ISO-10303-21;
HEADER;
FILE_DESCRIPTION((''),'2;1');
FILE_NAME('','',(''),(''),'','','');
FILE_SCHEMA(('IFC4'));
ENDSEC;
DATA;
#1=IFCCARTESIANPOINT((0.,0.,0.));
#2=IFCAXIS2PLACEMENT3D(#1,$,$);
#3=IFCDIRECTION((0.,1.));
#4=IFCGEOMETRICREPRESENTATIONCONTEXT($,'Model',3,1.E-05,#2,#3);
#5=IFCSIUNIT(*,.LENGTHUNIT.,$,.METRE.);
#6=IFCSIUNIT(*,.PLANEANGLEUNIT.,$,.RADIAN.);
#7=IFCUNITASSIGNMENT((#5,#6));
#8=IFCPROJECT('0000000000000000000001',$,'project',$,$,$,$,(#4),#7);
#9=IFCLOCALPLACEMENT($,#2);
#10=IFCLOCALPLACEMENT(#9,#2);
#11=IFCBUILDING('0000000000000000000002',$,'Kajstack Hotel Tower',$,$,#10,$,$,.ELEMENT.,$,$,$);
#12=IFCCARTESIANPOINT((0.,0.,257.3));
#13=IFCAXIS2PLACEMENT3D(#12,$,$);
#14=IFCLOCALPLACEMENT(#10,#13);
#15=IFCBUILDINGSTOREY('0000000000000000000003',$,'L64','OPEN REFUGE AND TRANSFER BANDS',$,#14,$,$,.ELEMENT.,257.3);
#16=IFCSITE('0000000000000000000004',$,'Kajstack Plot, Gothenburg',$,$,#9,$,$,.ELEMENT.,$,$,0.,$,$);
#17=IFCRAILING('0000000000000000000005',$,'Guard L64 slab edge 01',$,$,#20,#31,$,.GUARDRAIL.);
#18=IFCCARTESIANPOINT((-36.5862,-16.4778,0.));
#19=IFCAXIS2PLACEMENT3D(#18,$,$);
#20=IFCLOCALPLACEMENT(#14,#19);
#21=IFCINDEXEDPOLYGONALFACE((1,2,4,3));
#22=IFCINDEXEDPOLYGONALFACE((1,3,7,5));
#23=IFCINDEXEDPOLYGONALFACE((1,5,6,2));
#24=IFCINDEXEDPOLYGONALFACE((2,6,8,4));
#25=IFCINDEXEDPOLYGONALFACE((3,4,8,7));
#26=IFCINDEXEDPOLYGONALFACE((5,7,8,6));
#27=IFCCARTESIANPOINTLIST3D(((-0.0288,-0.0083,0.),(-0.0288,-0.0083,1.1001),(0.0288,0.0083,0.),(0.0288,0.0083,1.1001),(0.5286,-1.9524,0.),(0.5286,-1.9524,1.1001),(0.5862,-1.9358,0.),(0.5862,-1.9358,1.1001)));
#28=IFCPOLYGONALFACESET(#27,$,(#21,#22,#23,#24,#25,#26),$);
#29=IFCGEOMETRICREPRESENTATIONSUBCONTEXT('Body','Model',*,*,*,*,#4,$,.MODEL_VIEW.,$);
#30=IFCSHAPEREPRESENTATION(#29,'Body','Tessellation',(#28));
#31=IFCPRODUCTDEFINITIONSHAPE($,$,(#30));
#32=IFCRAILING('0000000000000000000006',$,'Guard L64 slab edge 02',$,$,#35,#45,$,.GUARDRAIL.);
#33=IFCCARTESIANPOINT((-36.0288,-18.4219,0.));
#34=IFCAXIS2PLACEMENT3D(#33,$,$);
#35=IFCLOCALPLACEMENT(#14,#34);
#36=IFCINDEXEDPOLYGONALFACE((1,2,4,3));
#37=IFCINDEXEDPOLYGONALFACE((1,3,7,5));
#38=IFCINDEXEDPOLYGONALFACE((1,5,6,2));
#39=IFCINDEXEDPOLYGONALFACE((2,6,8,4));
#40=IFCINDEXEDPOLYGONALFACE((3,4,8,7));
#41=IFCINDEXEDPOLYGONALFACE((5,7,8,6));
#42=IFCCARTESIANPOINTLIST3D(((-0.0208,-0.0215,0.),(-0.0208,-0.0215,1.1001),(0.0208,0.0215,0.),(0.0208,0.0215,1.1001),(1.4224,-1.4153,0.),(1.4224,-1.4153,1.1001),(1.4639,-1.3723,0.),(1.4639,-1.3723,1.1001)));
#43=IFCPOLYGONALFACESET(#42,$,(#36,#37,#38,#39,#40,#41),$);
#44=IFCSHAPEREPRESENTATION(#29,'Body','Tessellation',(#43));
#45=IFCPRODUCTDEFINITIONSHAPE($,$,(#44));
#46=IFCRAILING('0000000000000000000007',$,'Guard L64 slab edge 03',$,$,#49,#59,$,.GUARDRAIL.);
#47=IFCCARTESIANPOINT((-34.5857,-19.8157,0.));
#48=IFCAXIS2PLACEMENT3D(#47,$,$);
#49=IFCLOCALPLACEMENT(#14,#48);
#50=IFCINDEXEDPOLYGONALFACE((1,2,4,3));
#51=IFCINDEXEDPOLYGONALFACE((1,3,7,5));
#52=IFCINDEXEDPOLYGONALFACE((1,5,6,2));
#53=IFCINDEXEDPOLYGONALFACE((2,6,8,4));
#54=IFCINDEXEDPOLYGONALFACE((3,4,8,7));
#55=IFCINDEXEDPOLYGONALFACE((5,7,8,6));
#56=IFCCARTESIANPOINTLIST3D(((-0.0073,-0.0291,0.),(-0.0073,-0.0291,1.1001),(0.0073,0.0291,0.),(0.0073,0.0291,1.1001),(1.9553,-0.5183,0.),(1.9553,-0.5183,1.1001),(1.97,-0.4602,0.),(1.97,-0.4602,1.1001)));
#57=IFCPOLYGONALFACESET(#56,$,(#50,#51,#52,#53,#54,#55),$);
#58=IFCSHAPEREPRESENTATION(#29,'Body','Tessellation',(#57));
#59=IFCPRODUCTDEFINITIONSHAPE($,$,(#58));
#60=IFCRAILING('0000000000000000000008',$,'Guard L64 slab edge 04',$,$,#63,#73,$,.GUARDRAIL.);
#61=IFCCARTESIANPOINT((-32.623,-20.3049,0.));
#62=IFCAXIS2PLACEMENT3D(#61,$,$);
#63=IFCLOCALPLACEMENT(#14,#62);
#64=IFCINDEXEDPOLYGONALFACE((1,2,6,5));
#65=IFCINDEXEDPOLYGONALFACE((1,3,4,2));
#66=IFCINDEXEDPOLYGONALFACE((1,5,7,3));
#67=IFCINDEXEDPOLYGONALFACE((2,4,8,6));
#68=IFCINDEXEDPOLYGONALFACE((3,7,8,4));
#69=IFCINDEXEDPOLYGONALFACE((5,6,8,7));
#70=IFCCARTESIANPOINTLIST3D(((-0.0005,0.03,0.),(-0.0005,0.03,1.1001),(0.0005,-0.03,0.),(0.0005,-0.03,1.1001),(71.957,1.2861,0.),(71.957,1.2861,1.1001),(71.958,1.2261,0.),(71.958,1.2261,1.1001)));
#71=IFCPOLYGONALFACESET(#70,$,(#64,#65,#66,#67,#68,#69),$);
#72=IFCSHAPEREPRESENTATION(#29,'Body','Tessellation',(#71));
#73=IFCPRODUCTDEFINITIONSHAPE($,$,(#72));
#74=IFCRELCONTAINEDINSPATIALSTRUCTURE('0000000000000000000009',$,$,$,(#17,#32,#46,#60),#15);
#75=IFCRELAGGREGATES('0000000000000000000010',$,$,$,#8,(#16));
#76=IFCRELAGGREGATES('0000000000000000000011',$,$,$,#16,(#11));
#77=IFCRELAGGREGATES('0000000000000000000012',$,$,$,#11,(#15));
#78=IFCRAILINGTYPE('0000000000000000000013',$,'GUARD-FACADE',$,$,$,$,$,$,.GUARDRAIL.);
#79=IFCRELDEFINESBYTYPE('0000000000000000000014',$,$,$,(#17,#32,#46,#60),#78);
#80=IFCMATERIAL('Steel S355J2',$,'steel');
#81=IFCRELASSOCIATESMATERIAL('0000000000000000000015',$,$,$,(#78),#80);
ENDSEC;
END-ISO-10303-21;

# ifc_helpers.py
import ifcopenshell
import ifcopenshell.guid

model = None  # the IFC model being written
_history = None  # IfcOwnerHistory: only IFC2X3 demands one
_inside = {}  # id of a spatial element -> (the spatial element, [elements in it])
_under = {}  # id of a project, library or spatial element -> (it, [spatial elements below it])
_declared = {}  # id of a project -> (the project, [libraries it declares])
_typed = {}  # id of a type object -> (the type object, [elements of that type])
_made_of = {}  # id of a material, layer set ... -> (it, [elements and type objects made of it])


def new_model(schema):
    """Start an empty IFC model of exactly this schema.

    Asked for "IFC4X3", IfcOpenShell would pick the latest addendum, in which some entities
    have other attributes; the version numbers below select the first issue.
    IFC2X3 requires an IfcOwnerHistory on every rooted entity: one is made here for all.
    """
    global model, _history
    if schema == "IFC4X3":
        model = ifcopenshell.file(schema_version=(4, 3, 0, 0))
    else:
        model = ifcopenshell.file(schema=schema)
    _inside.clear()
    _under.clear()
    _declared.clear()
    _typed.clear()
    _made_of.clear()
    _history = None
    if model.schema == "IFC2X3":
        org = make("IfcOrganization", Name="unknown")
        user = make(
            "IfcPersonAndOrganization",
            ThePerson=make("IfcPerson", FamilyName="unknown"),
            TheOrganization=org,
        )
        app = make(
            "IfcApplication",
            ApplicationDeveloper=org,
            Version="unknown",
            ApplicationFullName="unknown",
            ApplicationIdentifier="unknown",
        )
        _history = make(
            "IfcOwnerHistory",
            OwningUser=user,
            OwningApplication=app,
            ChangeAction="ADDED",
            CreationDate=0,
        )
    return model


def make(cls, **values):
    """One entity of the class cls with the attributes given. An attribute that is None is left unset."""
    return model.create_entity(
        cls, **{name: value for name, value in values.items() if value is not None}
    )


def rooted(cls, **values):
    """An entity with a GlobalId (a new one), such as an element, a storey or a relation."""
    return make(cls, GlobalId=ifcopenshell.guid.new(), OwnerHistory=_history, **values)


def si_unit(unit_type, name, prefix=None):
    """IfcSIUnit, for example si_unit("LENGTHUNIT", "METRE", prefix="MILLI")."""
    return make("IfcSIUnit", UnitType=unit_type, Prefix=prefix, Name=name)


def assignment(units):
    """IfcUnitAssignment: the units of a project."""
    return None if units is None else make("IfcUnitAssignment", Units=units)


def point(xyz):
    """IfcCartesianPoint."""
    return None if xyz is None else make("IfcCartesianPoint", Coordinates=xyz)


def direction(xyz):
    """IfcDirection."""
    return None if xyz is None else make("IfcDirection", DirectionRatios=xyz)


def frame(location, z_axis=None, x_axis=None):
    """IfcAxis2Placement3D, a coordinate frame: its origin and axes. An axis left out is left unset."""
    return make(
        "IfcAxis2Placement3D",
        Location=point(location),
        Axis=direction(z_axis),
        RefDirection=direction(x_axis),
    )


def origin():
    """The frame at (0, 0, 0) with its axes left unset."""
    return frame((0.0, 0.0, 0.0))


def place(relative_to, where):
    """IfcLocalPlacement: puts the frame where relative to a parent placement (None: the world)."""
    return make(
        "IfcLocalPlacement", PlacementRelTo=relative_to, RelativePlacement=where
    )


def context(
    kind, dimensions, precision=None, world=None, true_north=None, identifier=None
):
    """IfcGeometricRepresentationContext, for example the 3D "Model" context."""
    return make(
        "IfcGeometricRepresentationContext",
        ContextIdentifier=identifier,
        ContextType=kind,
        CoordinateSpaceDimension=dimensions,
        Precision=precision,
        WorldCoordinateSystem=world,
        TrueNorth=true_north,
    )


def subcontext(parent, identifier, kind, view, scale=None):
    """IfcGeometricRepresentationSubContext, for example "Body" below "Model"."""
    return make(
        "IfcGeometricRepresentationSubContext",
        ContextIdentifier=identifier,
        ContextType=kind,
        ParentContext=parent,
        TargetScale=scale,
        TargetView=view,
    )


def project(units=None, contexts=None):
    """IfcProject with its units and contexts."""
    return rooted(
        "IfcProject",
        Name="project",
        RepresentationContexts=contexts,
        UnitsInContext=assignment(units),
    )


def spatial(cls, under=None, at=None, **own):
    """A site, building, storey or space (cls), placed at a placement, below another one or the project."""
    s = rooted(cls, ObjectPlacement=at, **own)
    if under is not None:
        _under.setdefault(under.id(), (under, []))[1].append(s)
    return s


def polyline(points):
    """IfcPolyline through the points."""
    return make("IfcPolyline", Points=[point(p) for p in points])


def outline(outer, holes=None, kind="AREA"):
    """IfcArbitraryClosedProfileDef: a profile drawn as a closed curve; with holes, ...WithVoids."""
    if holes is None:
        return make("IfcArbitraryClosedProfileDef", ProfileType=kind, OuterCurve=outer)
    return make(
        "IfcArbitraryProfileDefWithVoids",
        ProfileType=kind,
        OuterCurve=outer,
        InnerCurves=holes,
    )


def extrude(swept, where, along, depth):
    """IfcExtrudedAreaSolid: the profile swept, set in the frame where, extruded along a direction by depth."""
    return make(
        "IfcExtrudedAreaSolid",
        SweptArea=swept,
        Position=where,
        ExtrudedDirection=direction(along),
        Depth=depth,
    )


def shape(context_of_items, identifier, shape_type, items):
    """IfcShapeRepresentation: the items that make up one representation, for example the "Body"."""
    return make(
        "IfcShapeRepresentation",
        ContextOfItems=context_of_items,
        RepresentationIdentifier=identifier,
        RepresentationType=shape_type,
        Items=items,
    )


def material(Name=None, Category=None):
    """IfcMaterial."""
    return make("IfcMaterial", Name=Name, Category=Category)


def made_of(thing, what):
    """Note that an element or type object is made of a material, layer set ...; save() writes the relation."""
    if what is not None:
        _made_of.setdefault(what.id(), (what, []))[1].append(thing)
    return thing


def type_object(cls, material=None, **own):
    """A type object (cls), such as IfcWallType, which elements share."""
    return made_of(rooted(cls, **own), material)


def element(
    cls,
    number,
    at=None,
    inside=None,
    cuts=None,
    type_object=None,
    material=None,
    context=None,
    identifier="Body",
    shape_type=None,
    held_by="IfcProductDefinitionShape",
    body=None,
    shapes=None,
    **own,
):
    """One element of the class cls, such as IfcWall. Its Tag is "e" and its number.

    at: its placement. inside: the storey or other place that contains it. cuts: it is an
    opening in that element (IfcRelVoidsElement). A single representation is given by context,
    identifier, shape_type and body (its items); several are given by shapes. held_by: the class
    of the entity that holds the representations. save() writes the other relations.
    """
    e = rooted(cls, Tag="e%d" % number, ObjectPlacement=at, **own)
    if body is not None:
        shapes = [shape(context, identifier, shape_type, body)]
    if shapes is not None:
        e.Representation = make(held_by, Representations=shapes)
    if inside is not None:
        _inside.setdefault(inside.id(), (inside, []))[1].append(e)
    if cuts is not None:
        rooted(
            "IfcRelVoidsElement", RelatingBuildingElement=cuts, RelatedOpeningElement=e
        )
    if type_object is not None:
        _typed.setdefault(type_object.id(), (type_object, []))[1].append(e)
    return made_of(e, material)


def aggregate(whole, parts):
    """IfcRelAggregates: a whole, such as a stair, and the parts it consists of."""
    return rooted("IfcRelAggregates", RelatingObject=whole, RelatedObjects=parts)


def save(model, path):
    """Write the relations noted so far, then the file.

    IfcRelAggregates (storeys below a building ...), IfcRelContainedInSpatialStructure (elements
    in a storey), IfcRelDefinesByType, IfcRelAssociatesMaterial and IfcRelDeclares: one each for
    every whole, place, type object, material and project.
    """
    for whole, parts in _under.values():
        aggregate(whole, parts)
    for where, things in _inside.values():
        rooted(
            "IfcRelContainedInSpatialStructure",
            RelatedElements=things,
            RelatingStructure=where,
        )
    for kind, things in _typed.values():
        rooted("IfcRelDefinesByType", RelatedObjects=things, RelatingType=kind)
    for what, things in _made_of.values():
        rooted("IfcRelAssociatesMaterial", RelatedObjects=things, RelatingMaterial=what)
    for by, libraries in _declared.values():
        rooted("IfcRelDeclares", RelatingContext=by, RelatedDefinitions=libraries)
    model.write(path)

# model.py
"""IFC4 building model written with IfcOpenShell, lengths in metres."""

from ifc_helpers import new_model, si_unit, direction, frame, origin, place, context, subcontext, project, spatial, polyline, outline, extrude, material, type_object, element, save


model = new_model("IFC4")

# Units and contexts
model_context = context("Model", 3, precision=1e-05, world=origin(), true_north=direction((0.0, 1.0)))
body_context = subcontext(model_context, "Body", "Model", "MODEL_VIEW")
ifc_project = project(units=[si_unit("LENGTHUNIT", "METRE"), si_unit("PLANEANGLEUNIT", "RADIAN")], contexts=[model_context])

# Site, building, storey
site_placement = place(None, origin())
site = spatial("IfcSite", under=ifc_project, at=site_placement, Name="Kajstack Plot, Gothenburg", CompositionType="ELEMENT", RefElevation=0.0)
building_placement = place(site_placement, origin())
building = spatial("IfcBuilding", under=site, at=building_placement, Name="Kajstack Hotel Tower", CompositionType="ELEMENT")
storey_placement = place(building_placement, frame((0.0, 0.0, 257.3)))
storey = spatial("IfcBuildingStorey", under=building, at=storey_placement, Name="L64", Description="OPEN REFUGE AND TRANSFER BANDS", CompositionType="ELEMENT", Elevation=257.3)

# Railings
ifc_material_1 = material(Name="Steel S355J2", Category="steel")
railing_type_1 = type_object("IfcRailingType", Name="GUARD-FACADE", PredefinedType="GUARDRAIL", material=ifc_material_1)
railing_1_placement = place(storey_placement, frame((-36.5862, -16.4778, 0.0)))
element("IfcRailing", 1, at=railing_1_placement, inside=storey, type_object=railing_type_1, Name="Guard L64 slab edge 01", PredefinedType="GUARDRAIL", context=body_context, shape_type="SweptSolid", body=[
    extrude(outline(polyline([(0.5862, -1.9358), (0.5286, -1.9524), (-0.0288, -0.0083), (0.0288, 0.0083), (0.5862, -1.9358)])), origin(), (0.0, 0.0, 1.0), 1.1001),
])
railing_2_placement = place(storey_placement, frame((-36.0288, -18.4219, 0.0)))
element("IfcRailing", 2, at=railing_2_placement, inside=storey, type_object=railing_type_1, Name="Guard L64 slab edge 02", PredefinedType="GUARDRAIL", context=body_context, shape_type="SweptSolid", body=[
    extrude(outline(polyline([(1.4639, -1.3723), (1.4224, -1.4153), (-0.0208, -0.0215), (0.0208, 0.0215), (1.4639, -1.3723)])), origin(), (0.0, 0.0, 1.0), 1.1001),
])
railing_3_placement = place(storey_placement, frame((-34.5857, -19.8157, 0.0)))
element("IfcRailing", 3, at=railing_3_placement, inside=storey, type_object=railing_type_1, Name="Guard L64 slab edge 03", PredefinedType="GUARDRAIL", context=body_context, shape_type="SweptSolid", body=[
    extrude(outline(polyline([(1.97, -0.4602), (1.9553, -0.5183), (-0.0073, -0.0291), (0.0073, 0.0291), (1.97, -0.4602)])), origin(), (0.0, 0.0, 1.0), 1.1001),
])
railing_4_placement = place(storey_placement, frame((-32.623, -20.3049, 0.0)))
element("IfcRailing", 4, at=railing_4_placement, inside=storey, type_object=railing_type_1, Name="Guard L64 slab edge 04", PredefinedType="GUARDRAIL", context=body_context, shape_type="SweptSolid", body=[
    extrude(outline(polyline([(71.957, 1.2861), (71.958, 1.2261), (0.0005, -0.03), (-0.0005, 0.03), (71.957, 1.2861)])), origin(), (0.0, 0.0, 1.0), 1.1001),
])

save(model, "model.ifc")
